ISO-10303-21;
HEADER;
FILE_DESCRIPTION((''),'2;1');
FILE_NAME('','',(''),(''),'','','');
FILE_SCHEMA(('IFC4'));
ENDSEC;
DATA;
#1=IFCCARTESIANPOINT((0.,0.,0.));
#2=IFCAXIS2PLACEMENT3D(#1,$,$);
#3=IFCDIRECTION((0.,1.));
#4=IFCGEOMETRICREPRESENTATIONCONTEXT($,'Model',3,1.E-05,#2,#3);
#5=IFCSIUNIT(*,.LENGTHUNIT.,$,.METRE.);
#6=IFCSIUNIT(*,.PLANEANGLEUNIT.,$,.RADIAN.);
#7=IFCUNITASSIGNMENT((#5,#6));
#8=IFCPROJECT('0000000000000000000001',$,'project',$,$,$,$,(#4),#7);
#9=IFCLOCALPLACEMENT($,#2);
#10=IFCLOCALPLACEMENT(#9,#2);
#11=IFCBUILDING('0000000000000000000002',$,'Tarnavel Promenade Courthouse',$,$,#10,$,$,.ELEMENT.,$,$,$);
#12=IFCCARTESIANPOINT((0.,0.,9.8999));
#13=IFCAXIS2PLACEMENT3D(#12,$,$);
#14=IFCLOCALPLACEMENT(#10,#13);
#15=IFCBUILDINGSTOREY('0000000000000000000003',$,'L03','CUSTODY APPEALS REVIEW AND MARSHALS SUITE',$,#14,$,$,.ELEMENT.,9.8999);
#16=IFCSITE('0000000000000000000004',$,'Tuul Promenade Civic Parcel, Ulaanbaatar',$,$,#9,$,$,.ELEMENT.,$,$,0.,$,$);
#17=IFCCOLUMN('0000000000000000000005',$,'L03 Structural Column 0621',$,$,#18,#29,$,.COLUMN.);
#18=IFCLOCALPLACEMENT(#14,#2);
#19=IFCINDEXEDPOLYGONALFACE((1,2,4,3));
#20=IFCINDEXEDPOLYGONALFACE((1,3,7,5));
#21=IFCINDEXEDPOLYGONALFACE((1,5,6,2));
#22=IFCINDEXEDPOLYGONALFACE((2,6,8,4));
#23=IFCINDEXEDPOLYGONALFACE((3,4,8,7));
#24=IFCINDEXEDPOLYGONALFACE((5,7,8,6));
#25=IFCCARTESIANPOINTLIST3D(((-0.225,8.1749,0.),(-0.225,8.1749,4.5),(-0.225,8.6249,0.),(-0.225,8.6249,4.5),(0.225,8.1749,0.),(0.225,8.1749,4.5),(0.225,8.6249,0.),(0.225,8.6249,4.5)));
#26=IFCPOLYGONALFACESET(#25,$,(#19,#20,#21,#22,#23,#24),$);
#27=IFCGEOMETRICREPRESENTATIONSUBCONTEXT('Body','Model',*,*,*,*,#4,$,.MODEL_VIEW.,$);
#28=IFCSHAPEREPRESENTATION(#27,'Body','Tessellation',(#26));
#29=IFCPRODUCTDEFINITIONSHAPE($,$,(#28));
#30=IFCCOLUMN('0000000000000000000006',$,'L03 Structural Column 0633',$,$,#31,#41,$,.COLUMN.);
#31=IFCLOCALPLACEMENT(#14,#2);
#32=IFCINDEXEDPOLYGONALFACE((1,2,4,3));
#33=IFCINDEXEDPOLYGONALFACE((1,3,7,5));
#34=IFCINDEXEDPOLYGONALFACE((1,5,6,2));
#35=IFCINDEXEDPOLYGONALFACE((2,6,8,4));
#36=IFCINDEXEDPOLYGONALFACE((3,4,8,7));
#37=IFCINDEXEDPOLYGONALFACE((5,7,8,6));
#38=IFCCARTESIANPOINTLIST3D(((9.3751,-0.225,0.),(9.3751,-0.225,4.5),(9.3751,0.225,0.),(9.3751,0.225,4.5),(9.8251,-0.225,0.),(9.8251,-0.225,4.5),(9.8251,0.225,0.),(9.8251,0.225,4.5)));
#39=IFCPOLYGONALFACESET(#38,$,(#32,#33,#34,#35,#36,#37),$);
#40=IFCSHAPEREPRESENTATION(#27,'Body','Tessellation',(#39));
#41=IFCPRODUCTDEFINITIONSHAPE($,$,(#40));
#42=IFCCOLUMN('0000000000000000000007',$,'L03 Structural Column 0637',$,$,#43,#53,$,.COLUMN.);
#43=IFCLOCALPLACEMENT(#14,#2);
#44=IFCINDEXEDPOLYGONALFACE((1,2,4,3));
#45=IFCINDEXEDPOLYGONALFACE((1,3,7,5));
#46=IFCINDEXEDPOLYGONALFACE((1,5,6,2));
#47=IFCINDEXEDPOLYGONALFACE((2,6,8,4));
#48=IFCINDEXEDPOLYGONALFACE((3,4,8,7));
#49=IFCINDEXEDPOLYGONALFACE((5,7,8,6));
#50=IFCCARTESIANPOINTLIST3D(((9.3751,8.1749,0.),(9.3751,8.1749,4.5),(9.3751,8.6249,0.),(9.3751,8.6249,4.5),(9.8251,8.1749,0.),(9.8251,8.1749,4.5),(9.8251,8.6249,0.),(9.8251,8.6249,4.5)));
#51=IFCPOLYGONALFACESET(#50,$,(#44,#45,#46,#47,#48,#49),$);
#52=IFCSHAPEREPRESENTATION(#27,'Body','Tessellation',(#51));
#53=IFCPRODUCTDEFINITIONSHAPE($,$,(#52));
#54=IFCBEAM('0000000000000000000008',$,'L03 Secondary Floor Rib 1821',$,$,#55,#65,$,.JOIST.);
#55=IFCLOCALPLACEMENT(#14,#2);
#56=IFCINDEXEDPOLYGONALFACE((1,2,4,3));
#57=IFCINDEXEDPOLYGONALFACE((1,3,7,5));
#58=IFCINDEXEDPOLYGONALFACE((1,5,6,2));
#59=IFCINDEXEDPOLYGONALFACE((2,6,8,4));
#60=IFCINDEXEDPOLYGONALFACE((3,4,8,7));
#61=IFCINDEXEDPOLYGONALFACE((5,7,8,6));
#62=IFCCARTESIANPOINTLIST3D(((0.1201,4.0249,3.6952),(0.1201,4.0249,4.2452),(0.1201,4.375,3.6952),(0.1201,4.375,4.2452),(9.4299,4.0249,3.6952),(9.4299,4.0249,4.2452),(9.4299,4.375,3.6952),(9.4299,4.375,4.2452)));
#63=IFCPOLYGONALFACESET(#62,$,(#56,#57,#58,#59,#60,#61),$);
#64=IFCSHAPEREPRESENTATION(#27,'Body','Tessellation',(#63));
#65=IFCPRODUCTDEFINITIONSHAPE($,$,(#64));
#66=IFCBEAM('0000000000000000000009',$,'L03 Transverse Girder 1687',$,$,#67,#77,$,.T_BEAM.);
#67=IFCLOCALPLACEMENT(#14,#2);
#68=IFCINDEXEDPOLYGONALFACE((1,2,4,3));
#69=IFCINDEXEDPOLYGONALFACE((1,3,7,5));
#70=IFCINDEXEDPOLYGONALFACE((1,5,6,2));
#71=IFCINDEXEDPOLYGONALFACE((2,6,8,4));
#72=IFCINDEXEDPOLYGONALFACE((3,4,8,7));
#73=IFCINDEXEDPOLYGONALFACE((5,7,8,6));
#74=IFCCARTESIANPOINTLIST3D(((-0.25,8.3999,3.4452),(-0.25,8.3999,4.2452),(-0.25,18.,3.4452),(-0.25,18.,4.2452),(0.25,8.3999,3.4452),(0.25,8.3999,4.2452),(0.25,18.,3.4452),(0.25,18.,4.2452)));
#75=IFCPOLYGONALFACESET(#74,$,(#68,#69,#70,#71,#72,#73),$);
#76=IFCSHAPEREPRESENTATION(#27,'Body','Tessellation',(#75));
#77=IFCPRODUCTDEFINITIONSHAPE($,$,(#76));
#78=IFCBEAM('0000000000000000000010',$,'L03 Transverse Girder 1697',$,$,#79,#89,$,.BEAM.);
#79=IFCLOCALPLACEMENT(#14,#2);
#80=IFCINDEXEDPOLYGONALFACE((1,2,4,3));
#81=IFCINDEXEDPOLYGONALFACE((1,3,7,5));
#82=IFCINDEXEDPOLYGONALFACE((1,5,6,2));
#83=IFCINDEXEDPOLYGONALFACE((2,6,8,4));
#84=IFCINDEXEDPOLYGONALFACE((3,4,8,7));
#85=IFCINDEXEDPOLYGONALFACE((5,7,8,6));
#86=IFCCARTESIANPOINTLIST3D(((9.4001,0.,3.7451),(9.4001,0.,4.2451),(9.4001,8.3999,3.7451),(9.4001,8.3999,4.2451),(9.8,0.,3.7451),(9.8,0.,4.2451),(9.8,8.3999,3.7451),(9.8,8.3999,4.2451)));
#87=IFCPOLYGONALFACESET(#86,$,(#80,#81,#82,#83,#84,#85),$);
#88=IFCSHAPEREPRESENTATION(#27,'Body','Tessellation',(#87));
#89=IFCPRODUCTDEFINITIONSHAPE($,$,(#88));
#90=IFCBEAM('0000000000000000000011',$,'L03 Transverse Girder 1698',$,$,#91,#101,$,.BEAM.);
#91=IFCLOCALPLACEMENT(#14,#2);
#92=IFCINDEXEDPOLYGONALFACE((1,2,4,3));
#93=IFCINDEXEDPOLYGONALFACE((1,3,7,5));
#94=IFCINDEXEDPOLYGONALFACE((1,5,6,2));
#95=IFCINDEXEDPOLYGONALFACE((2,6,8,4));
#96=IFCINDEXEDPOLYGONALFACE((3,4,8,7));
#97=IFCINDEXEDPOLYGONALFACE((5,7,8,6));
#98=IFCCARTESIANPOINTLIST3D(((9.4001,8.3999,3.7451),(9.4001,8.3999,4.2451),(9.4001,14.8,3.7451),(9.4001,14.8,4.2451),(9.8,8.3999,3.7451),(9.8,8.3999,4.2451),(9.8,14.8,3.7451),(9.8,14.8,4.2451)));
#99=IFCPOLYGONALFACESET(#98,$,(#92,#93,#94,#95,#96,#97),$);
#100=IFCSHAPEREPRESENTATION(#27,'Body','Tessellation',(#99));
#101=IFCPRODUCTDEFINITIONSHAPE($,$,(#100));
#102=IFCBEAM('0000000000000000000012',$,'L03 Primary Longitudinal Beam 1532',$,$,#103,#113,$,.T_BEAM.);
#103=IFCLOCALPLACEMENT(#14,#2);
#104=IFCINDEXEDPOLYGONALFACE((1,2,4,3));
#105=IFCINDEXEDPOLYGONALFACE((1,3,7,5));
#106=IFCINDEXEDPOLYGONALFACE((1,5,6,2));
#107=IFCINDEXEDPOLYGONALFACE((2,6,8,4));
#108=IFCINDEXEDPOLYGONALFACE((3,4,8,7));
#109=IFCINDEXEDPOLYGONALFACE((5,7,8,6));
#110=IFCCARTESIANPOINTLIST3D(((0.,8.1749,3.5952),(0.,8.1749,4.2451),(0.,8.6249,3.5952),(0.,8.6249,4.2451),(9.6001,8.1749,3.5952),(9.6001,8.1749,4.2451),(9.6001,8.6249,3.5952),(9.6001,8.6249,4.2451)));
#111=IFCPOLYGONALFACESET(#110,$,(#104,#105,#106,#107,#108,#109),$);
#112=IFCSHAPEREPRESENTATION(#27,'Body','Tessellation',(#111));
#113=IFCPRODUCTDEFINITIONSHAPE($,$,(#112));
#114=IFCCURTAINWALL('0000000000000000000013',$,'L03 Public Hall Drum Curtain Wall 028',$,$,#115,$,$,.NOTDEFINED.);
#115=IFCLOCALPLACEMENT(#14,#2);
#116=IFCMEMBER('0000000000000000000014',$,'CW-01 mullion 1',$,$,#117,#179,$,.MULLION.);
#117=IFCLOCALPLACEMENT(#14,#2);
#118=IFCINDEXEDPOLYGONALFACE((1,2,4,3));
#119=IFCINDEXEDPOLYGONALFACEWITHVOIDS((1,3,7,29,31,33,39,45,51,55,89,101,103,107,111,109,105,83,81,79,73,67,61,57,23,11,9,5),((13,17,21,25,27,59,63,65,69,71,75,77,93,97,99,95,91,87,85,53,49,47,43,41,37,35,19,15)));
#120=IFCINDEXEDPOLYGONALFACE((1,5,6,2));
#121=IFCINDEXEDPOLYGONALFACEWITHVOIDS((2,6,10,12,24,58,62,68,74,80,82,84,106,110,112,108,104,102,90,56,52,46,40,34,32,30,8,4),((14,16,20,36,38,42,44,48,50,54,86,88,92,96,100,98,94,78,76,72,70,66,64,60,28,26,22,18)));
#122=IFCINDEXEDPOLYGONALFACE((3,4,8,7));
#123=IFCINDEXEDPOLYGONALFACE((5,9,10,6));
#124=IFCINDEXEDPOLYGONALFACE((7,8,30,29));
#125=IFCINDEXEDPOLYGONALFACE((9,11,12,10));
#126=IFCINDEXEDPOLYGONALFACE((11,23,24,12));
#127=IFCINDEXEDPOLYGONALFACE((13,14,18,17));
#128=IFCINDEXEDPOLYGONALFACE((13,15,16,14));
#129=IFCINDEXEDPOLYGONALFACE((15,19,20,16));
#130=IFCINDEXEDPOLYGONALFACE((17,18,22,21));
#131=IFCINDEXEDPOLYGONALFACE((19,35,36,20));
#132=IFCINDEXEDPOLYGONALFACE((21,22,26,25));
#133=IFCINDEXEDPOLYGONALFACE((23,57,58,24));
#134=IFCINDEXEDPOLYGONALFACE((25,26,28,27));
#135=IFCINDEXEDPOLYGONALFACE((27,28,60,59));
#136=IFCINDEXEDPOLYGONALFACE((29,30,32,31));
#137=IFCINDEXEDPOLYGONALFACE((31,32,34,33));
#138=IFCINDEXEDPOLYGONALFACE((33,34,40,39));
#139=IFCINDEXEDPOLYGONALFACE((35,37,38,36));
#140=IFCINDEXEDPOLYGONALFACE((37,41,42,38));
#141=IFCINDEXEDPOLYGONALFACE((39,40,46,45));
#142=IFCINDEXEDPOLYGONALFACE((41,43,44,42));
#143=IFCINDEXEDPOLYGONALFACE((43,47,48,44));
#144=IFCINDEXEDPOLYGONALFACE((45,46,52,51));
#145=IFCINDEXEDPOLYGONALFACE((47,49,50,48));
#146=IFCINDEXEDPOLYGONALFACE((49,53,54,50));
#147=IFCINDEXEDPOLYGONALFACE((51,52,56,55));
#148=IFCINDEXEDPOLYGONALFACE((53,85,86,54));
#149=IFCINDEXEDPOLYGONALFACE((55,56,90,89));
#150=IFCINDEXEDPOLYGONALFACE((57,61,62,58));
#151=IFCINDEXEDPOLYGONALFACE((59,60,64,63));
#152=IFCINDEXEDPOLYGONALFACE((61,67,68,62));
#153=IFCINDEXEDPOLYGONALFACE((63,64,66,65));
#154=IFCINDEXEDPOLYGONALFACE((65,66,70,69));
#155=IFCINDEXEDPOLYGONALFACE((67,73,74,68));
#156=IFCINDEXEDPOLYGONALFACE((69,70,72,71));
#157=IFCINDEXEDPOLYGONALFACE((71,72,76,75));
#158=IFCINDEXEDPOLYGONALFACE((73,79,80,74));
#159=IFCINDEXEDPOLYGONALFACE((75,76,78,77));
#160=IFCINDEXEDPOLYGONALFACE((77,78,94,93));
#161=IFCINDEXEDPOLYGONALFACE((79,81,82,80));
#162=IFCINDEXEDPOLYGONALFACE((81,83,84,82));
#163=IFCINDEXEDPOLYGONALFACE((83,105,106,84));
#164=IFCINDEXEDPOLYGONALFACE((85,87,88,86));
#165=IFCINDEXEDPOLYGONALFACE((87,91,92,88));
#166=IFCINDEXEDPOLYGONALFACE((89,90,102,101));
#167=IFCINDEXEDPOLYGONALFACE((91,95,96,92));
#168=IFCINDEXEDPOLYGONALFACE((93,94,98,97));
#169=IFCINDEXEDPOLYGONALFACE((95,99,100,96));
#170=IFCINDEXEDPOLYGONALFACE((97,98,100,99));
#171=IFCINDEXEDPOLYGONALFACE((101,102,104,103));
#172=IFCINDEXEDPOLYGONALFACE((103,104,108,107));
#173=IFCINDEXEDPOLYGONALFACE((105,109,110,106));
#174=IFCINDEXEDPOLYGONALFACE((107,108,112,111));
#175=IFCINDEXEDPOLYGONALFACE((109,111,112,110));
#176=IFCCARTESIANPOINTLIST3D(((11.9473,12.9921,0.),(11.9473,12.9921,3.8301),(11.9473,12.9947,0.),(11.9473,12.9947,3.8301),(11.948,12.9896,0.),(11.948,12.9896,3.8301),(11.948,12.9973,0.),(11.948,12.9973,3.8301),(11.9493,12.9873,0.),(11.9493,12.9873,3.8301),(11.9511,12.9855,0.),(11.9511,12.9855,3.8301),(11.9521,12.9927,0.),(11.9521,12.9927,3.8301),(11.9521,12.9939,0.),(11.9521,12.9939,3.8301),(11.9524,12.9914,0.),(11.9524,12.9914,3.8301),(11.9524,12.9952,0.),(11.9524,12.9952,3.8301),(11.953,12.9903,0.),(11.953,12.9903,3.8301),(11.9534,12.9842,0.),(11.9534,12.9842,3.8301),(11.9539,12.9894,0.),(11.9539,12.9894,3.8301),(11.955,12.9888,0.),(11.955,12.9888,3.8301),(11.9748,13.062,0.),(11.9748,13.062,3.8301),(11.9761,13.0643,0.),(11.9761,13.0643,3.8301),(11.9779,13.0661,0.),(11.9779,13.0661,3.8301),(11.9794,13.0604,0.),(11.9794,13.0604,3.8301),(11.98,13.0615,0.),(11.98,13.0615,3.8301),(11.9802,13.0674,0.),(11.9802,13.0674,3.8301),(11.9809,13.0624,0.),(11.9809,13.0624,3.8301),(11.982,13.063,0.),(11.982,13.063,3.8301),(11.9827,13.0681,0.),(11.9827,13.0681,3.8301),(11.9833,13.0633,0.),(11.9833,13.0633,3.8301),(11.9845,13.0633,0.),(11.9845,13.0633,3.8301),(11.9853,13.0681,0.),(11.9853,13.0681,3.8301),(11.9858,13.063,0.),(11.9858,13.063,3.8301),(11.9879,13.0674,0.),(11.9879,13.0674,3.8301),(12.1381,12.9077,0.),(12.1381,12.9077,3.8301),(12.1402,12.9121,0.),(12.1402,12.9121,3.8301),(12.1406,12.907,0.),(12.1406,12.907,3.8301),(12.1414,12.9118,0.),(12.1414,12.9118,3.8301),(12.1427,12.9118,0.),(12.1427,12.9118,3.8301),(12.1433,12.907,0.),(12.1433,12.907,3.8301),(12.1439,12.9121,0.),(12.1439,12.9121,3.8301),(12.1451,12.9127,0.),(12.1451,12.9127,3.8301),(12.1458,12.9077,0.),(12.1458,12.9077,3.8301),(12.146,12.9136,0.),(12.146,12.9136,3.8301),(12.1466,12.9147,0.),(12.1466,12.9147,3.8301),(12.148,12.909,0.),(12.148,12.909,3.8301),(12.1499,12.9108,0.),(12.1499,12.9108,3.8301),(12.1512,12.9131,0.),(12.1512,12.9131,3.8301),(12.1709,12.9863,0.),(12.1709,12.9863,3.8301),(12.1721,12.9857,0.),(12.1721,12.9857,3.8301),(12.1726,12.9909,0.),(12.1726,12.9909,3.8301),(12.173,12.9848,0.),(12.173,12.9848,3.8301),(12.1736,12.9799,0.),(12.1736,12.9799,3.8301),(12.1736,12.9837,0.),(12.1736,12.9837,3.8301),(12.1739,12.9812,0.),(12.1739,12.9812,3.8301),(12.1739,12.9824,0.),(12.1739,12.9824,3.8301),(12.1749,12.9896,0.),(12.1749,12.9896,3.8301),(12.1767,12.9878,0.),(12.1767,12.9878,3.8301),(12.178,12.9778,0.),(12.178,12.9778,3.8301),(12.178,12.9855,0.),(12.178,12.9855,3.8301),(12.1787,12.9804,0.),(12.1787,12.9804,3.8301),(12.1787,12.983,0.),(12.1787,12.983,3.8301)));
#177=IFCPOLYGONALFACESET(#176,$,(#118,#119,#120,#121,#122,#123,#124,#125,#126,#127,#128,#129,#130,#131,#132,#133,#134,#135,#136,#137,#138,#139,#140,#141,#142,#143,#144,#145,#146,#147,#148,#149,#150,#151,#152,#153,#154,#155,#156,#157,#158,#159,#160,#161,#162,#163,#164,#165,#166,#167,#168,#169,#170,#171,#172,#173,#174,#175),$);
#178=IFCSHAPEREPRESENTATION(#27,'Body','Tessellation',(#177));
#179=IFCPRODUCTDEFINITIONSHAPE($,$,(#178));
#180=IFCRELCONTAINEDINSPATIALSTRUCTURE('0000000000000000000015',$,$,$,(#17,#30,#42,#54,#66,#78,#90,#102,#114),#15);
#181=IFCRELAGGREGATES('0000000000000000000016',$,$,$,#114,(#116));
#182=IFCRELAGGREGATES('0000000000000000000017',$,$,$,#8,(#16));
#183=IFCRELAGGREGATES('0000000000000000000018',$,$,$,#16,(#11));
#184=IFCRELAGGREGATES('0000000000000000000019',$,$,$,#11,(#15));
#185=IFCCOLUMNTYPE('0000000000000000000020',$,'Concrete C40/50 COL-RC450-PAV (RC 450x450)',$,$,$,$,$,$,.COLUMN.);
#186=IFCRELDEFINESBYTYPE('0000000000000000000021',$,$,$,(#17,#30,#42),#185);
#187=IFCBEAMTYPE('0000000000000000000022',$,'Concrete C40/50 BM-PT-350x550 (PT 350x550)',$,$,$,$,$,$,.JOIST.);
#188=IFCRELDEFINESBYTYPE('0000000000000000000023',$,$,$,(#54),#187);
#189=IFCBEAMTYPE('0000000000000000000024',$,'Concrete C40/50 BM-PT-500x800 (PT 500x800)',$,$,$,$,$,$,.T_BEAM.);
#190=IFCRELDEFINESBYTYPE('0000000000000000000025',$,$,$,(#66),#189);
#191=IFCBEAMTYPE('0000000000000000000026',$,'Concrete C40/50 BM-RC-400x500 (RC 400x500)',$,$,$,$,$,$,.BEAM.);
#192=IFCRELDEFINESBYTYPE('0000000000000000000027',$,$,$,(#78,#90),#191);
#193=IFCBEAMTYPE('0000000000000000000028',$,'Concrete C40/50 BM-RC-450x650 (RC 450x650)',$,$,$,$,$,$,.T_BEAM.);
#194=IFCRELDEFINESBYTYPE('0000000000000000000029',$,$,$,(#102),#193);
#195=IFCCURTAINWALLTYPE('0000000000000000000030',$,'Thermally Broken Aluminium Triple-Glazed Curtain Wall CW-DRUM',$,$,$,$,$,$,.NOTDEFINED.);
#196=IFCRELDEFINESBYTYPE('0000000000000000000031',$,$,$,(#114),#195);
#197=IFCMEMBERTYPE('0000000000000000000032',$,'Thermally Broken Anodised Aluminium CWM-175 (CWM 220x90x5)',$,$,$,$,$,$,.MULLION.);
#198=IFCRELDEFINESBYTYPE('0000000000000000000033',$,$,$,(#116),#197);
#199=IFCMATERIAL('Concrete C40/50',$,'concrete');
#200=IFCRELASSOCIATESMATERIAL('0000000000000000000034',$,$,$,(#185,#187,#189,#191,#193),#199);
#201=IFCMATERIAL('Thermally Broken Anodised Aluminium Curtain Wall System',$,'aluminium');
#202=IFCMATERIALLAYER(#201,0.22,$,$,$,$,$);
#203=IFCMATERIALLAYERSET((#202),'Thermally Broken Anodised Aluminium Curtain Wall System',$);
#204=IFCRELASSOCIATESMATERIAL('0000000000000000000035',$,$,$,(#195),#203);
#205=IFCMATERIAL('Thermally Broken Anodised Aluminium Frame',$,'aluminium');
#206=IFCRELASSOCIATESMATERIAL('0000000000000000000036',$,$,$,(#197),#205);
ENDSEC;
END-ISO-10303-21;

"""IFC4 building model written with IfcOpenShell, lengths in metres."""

from ifc_helpers import new_model, si_unit, direction, frame, origin, origin_2d, place, context, subcontext, project, spatial, rectangle, hollow_rectangle, extrude, material, layer, layer_set, material_profile, profile_set, type_object, element, aggregate, save


model = new_model("IFC4")

# Units and contexts
model_context = context("Model", 3, precision=1e-05, world=origin(), true_north=direction((0.0, 1.0)))
body_context = subcontext(model_context, "Body", "Model", "MODEL_VIEW")
ifc_project = project(units=[si_unit("LENGTHUNIT", "METRE"), si_unit("PLANEANGLEUNIT", "RADIAN")], contexts=[model_context])

# Site, building, storey
site_placement = place(None, origin())
site = spatial("IfcSite", under=ifc_project, at=site_placement, Name="Tuul Promenade Civic Parcel, Ulaanbaatar", CompositionType="ELEMENT", RefElevation=0.0)
building_placement = place(site_placement, origin())
building = spatial("IfcBuilding", under=site, at=building_placement, Name="Tarnavel Promenade Courthouse", CompositionType="ELEMENT")
storey_placement = place(building_placement, frame((0.0, 0.0, 9.8999)))
storey = spatial("IfcBuildingStorey", under=building, at=storey_placement, Name="L03", Description="CUSTODY APPEALS REVIEW AND MARSHALS SUITE", CompositionType="ELEMENT", Elevation=9.8999)

# Columns
ifc_material_1 = material(Name="Concrete C40/50", Category="concrete")
ifc_material_profile_1 = material_profile(ifc_material_1, rectangle(XDim=0.45, YDim=0.45, at=origin_2d()), Name="RC 450x450")
ifc_profile_set_1 = profile_set([ifc_material_profile_1], Name="Concrete C40/50")
column_type = type_object("IfcColumnType", Name="Concrete C40/50 COL-RC450-PAV (RC 450x450)", PredefinedType="COLUMN", material=ifc_profile_set_1)
for number, where, z_axis, x_axis, name in (
    (1, (0.0, 8.3999, 0.0), (0.0, 0.0, 1.0), (1.0, 0.0, 0.0), "L03 Structural Column 0621"),
    (2, (9.6001, 0.0, 0.0), (0.0, 0.0, 1.0), (1.0, 0.0, 0.0), "L03 Structural Column 0633"),
    (3, (9.6001, 8.3999, 0.0), (0.0, 0.0, 1.0), (1.0, 0.0, 0.0), "L03 Structural Column 0637"),
):
    element("IfcColumn", number, at=place(storey_placement, frame(where, z_axis=z_axis, x_axis=x_axis)), inside=storey, type_object=column_type, Name=name, PredefinedType="COLUMN", context=body_context, shape_type="SweptSolid", body=[
        extrude(rectangle(XDim=0.45, YDim=0.45, at=origin_2d()), origin(), (0.0, 0.0, 1.0), 4.5),
    ])

# Beams
ifc_material_profile_2 = material_profile(ifc_material_1, rectangle(XDim=0.3501, YDim=0.55, at=origin_2d()), Name="PT 350x550")
ifc_profile_set_2 = profile_set([ifc_material_profile_2], Name="Concrete C40/50")
beam_type_1 = type_object("IfcBeamType", Name="Concrete C40/50 BM-PT-350x550 (PT 350x550)", PredefinedType="JOIST", material=ifc_profile_set_2)
beam_1_placement = place(storey_placement, frame((0.1201, 4.2, 3.9702), z_axis=(1.0, 0.0, 0.0), x_axis=(0.0, 1.0, 0.0)))
element("IfcBeam", 4, at=beam_1_placement, inside=storey, type_object=beam_type_1, Name="L03 Secondary Floor Rib 1821", PredefinedType="JOIST", context=body_context, shape_type="SweptSolid", body=[
    extrude(rectangle(XDim=0.3501, YDim=0.55, at=origin_2d()), origin(), (0.0, 0.0, 1.0), 9.3098),
])
ifc_material_profile_3 = material_profile(ifc_material_1, rectangle(XDim=0.5, YDim=0.8, at=origin_2d()), Name="PT 500x800")
ifc_profile_set_3 = profile_set([ifc_material_profile_3], Name="Concrete C40/50")
beam_type_2 = type_object("IfcBeamType", Name="Concrete C40/50 BM-PT-500x800 (PT 500x800)", PredefinedType="T_BEAM", material=ifc_profile_set_3)
beam_2_placement = place(storey_placement, frame((0.0, 8.3999, 3.8452), z_axis=(0.0, 1.0, 0.0), x_axis=(-1.0, 0.0, 0.0)))
element("IfcBeam", 5, at=beam_2_placement, inside=storey, type_object=beam_type_2, Name="L03 Transverse Girder 1687", PredefinedType="T_BEAM", context=body_context, shape_type="SweptSolid", body=[
    extrude(rectangle(XDim=0.5, YDim=0.8, at=origin_2d()), origin(), (0.0, 0.0, 1.0), 9.6001),
])
ifc_material_profile_4 = material_profile(ifc_material_1, rectangle(XDim=0.3999, YDim=0.5, at=origin_2d()), Name="RC 400x500")
ifc_profile_set_4 = profile_set([ifc_material_profile_4], Name="Concrete C40/50")
beam_type_3 = type_object("IfcBeamType", Name="Concrete C40/50 BM-RC-400x500 (RC 400x500)", PredefinedType="BEAM", material=ifc_profile_set_4)
beam_3_placement = place(storey_placement, frame((9.6001, 0.0, 3.9951), z_axis=(0.0, 1.0, 0.0), x_axis=(-1.0, 0.0, 0.0)))
element("IfcBeam", 6, at=beam_3_placement, inside=storey, type_object=beam_type_3, Name="L03 Transverse Girder 1697", PredefinedType="BEAM", context=body_context, shape_type="SweptSolid", body=[
    extrude(rectangle(XDim=0.3999, YDim=0.5, at=origin_2d()), origin(), (0.0, 0.0, 1.0), 8.3999),
])
beam_4_placement = place(storey_placement, frame((9.6001, 8.3999, 3.9951), z_axis=(0.0, 1.0, 0.0), x_axis=(-1.0, 0.0, 0.0)))
element("IfcBeam", 7, at=beam_4_placement, inside=storey, type_object=beam_type_3, Name="L03 Transverse Girder 1698", PredefinedType="BEAM", context=body_context, shape_type="SweptSolid", body=[
    extrude(rectangle(XDim=0.3999, YDim=0.5, at=origin_2d()), origin(), (0.0, 0.0, 1.0), 6.4001),
])
ifc_material_profile_5 = material_profile(ifc_material_1, rectangle(XDim=0.45, YDim=0.6499, at=origin_2d()), Name="RC 450x650")
ifc_profile_set_5 = profile_set([ifc_material_profile_5], Name="Concrete C40/50")
beam_type_4 = type_object("IfcBeamType", Name="Concrete C40/50 BM-RC-450x650 (RC 450x650)", PredefinedType="T_BEAM", material=ifc_profile_set_5)
beam_5_placement = place(storey_placement, frame((0.0, 8.3999, 3.9202), z_axis=(1.0, 0.0, 0.0), x_axis=(0.0, 1.0, 0.0)))
element("IfcBeam", 8, at=beam_5_placement, inside=storey, type_object=beam_type_4, Name="L03 Primary Longitudinal Beam 1532", PredefinedType="T_BEAM", context=body_context, shape_type="SweptSolid", body=[
    extrude(rectangle(XDim=0.45, YDim=0.6499, at=origin_2d()), origin(), (0.0, 0.0, 1.0), 9.6001),
])

# Curtain wall, member
ifc_material_2 = material(Name="Thermally Broken Anodised Aluminium Curtain Wall System", Category="aluminium")
ifc_layer_1 = layer(ifc_material_2, 0.22)
ifc_layer_set_1 = layer_set([ifc_layer_1], Name="Thermally Broken Anodised Aluminium Curtain Wall System")
curtain_wall_type = type_object("IfcCurtainWallType", Name="Thermally Broken Aluminium Triple-Glazed Curtain Wall CW-DRUM", PredefinedType="NOTDEFINED", material=ifc_layer_set_1)
curtain_wall_placement = place(storey_placement, origin())
curtain_wall = element("IfcCurtainWall", 9, at=curtain_wall_placement, inside=storey, type_object=curtain_wall_type, Name="L03 Public Hall Drum Curtain Wall 028", PredefinedType="NOTDEFINED")
ifc_material_3 = material(Name="Thermally Broken Anodised Aluminium Frame", Category="aluminium")
ifc_material_profile_6 = material_profile(ifc_material_3, hollow_rectangle(XDim=0.0901, YDim=0.22, WallThickness=0.0049, InnerFilletRadius=0.0049, OuterFilletRadius=0.01, at=origin_2d()), Name="CWM 220x90x5")
ifc_profile_set_6 = profile_set([ifc_material_profile_6], Name="Thermally Broken Anodised Aluminium Frame")
member_type_1 = type_object("IfcMemberType", Name="Thermally Broken Anodised Aluminium CWM-175 (CWM 220x90x5)", PredefinedType="MULLION", material=ifc_profile_set_6)
member_1_placement = place(storey_placement, frame((12.063, 12.9875, 0.0), z_axis=(0.0, 0.0, 1.0), x_axis=(0.382685, 0.923879, 0.0)))
member_1 = element("IfcMember", 10, at=member_1_placement, type_object=member_type_1, Name="CW-01 mullion 1", PredefinedType="MULLION", context=body_context, shape_type="SweptSolid", body=[
    extrude(hollow_rectangle(XDim=0.0901, YDim=0.22, WallThickness=0.0049, InnerFilletRadius=0.0049, OuterFilletRadius=0.01, at=origin_2d()), origin(), (0.0, 0.0, 1.0), 3.8301),
])
aggregate(curtain_wall, [member_1])

save(model, "model.ifc")
